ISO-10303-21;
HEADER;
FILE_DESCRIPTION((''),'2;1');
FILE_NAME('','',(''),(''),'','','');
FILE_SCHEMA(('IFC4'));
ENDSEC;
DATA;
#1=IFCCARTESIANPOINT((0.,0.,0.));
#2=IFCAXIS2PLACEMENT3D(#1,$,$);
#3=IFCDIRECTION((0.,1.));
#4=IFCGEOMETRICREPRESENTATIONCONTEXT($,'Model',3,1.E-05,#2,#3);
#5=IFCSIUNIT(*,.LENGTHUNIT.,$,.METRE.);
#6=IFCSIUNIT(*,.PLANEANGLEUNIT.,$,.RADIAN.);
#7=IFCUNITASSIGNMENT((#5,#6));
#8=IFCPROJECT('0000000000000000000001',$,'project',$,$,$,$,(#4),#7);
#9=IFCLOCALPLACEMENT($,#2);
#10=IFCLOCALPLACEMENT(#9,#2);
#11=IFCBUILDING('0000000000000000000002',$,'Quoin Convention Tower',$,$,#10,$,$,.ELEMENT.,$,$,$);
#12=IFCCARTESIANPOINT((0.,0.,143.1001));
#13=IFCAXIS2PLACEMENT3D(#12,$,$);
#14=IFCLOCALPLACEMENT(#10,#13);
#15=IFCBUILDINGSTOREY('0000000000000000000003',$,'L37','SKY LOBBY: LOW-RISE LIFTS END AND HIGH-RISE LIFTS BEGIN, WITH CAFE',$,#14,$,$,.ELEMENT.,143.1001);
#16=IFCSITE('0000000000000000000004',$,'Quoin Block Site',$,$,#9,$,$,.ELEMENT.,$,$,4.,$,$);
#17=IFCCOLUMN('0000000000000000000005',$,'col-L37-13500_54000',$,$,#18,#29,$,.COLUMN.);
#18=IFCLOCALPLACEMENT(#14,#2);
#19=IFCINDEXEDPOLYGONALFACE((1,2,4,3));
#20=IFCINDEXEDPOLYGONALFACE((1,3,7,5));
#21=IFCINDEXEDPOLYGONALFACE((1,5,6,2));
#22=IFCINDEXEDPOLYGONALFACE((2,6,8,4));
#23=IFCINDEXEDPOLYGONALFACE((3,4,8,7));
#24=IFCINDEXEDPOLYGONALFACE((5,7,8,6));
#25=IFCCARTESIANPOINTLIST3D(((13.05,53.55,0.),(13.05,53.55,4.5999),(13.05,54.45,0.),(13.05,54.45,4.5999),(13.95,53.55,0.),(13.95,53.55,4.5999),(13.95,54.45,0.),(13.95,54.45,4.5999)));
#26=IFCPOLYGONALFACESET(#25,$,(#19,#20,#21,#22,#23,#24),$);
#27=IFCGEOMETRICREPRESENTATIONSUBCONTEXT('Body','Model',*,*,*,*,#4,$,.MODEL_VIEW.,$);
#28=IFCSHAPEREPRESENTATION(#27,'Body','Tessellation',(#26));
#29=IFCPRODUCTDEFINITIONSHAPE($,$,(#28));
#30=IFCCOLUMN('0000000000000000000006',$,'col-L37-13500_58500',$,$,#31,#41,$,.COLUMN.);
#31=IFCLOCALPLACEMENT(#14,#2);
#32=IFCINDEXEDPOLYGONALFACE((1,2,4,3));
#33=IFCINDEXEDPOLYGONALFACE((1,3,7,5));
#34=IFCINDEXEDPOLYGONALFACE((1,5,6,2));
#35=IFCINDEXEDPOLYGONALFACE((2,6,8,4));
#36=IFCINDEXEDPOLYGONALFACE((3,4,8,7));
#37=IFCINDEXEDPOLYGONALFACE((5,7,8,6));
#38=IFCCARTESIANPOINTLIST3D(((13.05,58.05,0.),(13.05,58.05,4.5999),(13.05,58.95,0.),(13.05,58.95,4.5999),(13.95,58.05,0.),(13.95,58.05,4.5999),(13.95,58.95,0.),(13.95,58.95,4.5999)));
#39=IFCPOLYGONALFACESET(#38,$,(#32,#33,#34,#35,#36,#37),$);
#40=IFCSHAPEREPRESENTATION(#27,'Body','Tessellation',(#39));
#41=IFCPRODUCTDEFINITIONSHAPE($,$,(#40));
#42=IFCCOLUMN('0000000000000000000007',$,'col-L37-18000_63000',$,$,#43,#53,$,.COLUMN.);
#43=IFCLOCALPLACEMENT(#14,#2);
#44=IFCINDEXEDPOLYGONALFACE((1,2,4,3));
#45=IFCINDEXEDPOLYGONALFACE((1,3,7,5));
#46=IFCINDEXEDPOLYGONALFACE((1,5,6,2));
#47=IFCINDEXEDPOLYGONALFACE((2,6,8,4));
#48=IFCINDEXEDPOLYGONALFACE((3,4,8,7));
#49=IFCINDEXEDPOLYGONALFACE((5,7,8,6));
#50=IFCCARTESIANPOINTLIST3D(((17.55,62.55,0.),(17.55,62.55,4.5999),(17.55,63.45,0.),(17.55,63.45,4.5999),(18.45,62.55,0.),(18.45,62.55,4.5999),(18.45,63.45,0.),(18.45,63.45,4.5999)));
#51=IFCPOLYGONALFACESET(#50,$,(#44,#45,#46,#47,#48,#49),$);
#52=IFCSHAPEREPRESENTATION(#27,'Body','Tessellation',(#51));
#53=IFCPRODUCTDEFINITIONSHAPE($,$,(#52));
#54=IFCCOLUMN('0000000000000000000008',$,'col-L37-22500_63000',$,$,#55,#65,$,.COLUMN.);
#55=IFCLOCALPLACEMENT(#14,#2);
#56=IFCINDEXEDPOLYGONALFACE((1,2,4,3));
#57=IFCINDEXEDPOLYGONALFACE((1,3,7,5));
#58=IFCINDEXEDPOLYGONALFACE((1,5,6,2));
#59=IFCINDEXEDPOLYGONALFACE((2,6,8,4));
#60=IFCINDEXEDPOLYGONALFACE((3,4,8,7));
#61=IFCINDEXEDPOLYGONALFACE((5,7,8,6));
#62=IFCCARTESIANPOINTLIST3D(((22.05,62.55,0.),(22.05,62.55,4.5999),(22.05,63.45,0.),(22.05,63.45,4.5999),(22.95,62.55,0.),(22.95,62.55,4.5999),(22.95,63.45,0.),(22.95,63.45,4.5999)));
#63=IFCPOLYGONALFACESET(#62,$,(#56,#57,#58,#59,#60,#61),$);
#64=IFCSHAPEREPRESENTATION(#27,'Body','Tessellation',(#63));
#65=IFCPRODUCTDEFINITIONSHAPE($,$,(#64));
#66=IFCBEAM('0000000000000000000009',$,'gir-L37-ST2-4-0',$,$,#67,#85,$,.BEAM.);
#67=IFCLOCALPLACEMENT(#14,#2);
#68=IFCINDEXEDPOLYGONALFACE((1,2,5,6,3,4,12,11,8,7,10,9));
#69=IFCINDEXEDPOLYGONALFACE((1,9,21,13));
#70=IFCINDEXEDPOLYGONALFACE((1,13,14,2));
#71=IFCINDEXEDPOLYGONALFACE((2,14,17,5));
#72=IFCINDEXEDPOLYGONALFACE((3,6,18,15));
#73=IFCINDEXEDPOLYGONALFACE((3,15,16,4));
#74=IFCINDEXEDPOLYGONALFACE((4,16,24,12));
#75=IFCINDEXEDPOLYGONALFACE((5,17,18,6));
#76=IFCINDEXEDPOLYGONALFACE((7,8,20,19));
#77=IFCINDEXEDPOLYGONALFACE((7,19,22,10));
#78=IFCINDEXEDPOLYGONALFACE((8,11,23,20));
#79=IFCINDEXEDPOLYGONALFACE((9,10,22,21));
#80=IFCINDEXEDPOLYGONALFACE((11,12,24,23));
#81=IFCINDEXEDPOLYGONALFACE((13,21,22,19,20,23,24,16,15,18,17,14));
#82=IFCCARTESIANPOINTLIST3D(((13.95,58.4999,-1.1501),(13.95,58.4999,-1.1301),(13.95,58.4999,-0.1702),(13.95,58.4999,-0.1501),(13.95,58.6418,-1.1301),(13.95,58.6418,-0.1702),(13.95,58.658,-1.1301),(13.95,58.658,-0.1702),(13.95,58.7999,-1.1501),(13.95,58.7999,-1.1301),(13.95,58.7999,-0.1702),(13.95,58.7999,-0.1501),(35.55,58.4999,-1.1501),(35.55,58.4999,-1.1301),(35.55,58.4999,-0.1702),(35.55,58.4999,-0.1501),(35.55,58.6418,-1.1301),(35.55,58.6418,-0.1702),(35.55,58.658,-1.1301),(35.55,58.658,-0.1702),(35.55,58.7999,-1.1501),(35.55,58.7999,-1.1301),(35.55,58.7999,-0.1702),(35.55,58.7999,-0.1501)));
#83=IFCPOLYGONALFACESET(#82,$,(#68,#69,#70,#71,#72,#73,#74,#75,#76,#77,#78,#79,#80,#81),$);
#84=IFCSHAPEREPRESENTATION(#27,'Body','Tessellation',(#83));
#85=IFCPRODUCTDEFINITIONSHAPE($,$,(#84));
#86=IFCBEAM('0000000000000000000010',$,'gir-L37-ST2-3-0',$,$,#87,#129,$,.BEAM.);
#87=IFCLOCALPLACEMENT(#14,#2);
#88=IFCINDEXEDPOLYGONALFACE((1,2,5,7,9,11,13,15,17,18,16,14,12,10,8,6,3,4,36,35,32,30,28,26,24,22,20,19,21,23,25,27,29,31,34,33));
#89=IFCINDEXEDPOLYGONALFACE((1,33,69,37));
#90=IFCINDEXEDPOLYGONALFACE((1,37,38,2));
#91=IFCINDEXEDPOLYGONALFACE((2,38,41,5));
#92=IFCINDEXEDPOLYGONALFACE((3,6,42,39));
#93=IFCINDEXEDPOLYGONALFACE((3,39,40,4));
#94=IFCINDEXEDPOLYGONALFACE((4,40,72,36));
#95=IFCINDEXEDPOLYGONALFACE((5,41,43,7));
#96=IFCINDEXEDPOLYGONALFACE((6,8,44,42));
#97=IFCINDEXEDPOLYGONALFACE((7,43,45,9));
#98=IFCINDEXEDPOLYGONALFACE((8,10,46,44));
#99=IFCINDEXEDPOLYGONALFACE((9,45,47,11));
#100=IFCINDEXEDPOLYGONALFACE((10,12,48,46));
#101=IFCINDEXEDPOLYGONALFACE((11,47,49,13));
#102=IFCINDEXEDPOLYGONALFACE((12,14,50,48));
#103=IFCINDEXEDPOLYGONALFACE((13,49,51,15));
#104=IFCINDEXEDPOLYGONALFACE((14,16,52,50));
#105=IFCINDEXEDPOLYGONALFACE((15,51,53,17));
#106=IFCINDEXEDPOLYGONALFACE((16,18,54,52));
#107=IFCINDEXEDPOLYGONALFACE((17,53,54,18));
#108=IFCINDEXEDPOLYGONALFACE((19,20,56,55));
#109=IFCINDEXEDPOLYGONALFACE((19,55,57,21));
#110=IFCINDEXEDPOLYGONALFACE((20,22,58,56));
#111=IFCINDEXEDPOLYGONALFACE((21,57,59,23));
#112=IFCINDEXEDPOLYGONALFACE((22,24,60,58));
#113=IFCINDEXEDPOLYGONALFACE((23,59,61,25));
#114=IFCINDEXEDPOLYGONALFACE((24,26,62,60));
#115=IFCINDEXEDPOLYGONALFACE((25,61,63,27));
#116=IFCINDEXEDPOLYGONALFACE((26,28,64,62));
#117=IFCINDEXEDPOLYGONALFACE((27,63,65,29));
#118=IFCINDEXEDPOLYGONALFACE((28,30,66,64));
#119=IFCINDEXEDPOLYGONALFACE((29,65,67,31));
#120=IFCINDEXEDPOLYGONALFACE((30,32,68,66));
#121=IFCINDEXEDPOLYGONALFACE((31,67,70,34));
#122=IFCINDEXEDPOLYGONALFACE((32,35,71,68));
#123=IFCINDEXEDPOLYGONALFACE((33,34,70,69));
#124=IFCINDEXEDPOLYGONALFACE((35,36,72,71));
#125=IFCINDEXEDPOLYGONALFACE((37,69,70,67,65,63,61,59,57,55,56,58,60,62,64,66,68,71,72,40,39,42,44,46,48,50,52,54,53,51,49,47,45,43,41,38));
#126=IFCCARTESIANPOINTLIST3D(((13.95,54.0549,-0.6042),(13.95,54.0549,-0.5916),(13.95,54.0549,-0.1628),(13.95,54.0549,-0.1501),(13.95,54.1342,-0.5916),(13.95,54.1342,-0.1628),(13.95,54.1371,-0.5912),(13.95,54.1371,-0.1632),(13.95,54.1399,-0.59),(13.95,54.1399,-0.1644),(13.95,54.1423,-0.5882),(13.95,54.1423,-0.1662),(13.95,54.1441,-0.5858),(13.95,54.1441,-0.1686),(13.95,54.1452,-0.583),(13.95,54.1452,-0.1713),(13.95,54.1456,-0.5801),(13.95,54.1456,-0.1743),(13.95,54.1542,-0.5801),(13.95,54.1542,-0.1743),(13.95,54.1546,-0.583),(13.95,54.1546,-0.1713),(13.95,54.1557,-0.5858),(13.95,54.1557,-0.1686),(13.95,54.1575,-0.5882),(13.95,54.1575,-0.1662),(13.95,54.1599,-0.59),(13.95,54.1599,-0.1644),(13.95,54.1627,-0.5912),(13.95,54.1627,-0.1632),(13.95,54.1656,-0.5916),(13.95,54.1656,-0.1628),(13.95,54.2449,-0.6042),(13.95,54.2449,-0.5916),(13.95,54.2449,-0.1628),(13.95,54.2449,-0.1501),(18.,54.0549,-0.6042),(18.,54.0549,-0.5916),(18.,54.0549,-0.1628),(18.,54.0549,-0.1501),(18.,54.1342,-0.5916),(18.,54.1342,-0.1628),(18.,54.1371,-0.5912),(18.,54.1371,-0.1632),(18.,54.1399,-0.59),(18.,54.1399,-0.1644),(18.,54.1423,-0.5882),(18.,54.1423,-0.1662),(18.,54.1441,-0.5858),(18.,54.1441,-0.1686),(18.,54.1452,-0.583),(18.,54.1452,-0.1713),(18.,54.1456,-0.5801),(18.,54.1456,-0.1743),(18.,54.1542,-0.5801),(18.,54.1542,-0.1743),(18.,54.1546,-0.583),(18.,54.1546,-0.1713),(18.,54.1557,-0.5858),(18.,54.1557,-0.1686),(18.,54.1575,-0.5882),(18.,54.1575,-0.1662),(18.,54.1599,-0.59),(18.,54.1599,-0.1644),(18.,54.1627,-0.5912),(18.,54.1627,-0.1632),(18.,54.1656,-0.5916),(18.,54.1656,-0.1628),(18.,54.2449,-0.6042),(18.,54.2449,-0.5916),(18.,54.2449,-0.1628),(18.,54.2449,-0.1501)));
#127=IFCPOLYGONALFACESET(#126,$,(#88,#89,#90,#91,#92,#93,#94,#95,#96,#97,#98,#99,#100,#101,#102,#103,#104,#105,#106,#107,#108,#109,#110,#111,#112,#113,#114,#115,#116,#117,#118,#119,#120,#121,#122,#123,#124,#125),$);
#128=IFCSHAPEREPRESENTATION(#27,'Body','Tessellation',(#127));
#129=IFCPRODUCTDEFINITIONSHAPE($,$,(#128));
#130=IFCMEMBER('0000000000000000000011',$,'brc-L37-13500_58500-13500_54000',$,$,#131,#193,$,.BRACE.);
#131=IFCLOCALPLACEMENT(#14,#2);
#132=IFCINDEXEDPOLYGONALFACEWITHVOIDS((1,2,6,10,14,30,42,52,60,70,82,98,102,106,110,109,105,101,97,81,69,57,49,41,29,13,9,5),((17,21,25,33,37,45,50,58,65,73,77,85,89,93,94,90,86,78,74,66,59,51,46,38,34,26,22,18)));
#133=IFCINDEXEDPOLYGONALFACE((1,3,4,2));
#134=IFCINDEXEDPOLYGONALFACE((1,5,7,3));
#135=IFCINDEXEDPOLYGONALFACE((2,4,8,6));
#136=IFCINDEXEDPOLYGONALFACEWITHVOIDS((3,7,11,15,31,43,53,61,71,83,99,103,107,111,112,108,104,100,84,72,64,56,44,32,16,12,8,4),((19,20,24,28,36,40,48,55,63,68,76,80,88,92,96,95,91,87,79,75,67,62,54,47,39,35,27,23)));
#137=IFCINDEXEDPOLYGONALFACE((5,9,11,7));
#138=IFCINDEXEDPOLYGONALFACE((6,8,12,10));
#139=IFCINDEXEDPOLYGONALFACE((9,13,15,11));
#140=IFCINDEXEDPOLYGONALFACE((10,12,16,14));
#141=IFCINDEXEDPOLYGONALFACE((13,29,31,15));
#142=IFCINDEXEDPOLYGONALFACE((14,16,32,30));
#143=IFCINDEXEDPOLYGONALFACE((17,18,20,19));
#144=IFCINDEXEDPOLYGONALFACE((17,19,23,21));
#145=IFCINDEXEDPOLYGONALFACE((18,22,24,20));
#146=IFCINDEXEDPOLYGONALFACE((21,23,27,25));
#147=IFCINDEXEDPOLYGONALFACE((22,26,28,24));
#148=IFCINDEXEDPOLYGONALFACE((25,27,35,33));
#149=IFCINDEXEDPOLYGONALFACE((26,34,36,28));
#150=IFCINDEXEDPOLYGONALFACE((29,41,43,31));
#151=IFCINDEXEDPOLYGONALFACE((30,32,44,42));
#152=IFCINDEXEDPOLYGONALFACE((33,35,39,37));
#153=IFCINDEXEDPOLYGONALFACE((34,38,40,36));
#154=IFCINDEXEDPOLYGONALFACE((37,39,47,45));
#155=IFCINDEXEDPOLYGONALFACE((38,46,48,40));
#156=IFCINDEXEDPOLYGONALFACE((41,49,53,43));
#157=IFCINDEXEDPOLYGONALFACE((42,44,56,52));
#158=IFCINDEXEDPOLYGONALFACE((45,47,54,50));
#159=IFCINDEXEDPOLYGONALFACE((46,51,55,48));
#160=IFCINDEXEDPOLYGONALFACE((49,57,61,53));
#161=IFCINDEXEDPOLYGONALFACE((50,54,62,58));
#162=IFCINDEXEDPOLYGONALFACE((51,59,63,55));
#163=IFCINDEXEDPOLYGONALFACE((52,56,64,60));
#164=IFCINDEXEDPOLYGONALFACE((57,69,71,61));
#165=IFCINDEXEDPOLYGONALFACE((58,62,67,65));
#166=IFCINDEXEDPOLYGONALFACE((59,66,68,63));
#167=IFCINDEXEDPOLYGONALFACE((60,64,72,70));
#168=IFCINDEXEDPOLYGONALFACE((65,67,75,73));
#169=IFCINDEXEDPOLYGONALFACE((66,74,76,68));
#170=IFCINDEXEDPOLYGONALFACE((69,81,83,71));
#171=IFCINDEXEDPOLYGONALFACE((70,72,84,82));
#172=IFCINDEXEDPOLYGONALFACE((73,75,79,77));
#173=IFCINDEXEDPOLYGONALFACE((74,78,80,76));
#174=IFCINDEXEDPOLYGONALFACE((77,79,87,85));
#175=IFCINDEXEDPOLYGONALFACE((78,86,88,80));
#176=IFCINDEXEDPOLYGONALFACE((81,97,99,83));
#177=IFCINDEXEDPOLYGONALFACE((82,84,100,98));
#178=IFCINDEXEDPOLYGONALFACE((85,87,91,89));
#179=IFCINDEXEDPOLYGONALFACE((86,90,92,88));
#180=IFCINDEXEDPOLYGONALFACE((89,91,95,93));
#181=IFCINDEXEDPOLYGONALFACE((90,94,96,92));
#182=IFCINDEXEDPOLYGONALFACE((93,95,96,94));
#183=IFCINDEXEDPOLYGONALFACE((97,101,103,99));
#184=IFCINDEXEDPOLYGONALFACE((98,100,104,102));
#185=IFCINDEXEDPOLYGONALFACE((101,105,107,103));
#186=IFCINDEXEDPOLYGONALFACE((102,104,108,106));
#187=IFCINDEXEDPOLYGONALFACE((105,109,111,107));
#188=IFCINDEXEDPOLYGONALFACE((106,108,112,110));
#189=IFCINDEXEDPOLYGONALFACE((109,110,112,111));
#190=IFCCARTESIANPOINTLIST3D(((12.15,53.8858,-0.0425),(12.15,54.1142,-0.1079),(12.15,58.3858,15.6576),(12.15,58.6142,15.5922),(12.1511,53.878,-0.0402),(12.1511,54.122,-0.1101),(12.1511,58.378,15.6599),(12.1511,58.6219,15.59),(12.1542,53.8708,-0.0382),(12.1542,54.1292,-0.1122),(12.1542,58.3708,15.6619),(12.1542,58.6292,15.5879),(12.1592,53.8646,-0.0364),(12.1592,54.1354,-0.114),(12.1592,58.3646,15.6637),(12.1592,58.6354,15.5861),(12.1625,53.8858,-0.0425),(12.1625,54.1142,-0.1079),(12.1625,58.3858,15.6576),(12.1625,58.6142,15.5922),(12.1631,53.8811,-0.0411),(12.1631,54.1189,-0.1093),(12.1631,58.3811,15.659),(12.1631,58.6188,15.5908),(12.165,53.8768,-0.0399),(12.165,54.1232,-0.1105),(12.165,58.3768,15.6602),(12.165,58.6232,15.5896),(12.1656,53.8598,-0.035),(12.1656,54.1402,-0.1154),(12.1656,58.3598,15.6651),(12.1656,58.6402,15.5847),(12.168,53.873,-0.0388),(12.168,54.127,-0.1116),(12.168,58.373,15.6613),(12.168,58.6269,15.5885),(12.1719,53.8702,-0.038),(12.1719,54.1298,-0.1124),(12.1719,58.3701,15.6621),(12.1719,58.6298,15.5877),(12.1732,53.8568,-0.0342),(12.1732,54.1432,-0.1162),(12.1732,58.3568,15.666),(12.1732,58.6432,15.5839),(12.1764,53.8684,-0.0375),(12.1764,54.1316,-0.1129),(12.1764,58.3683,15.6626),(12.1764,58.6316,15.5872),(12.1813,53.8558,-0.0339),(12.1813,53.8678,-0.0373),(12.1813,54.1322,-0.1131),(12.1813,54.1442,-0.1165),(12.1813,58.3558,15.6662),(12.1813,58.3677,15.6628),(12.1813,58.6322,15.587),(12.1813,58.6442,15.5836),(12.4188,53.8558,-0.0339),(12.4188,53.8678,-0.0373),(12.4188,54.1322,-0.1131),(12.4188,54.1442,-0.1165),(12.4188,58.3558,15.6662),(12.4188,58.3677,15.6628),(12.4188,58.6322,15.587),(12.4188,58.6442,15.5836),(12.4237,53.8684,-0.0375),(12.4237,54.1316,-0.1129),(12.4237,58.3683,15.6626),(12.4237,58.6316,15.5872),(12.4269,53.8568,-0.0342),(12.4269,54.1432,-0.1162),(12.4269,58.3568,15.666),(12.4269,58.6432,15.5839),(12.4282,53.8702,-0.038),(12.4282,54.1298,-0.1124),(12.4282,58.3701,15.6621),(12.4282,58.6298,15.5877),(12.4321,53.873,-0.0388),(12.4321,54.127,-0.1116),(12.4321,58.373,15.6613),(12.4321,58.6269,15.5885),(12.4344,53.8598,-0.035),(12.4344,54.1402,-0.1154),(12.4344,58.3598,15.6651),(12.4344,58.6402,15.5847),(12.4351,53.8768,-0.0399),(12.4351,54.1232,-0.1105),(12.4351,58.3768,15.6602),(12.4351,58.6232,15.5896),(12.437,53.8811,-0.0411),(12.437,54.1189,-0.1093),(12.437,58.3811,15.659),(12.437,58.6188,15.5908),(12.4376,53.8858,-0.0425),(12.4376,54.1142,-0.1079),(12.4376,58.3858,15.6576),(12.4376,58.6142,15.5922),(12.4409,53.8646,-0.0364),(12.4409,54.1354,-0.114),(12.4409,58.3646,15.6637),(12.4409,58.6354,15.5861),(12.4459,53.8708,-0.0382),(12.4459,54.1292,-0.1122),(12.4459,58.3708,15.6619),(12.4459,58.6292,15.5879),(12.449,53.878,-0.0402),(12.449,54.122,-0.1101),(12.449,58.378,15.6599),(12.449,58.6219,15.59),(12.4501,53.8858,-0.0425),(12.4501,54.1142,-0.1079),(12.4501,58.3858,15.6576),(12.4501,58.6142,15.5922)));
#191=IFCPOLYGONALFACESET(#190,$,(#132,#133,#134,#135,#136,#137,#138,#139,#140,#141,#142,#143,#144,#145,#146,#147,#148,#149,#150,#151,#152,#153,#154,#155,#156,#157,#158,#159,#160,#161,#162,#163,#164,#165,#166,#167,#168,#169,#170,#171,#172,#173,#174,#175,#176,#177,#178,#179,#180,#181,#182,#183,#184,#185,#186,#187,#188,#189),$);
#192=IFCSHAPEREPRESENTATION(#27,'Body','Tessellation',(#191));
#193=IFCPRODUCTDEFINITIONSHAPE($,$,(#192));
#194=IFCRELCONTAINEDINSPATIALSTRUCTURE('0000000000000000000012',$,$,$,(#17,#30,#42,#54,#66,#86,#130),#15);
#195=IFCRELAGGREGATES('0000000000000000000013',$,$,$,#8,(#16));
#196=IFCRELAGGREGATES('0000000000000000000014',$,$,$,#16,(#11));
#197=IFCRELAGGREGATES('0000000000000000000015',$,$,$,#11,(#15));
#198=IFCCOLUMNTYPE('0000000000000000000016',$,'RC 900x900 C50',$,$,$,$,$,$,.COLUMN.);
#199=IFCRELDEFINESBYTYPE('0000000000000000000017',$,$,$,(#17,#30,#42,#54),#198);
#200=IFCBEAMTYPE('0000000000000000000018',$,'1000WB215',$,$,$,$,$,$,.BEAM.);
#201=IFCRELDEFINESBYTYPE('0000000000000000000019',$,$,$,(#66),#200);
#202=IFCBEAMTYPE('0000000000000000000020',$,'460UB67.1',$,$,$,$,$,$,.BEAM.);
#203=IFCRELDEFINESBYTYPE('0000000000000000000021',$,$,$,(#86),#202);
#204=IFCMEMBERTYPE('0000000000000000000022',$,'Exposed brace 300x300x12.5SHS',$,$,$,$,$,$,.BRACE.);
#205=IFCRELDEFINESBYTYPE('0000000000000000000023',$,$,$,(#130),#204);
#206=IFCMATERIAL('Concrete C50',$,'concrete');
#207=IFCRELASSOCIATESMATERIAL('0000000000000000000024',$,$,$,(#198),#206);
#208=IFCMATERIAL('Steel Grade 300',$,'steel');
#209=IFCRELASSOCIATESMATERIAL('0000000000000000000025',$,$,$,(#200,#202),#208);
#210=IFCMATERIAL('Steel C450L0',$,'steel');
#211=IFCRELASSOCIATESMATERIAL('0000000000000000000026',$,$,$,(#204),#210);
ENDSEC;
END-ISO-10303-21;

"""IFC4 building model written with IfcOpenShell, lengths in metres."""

from ifc_helpers import new_model, si_unit, direction, frame, origin, origin_2d, place, context, subcontext, project, spatial, rectangle, hollow_rectangle, i_section, extrude, material, material_profile, profile_set, type_object, element, save


model = new_model("IFC4")

# Units and contexts
model_context = context("Model", 3, precision=1e-05, world=origin(), true_north=direction((0.0, 1.0)))
body_context = subcontext(model_context, "Body", "Model", "MODEL_VIEW")
ifc_project = project(units=[si_unit("LENGTHUNIT", "METRE"), si_unit("PLANEANGLEUNIT", "RADIAN")], contexts=[model_context])

# Site, building, storey
site_placement = place(None, origin())
site = spatial("IfcSite", under=ifc_project, at=site_placement, Name="Quoin Block Site", CompositionType="ELEMENT", RefElevation=4.0)
building_placement = place(site_placement, origin())
building = spatial("IfcBuilding", under=site, at=building_placement, Name="Quoin Convention Tower", CompositionType="ELEMENT")
storey_placement = place(building_placement, frame((0.0, 0.0, 143.1001)))
storey = spatial("IfcBuildingStorey", under=building, at=storey_placement, Name="L37", Description="SKY LOBBY: LOW-RISE LIFTS END AND HIGH-RISE LIFTS BEGIN, WITH CAFE", CompositionType="ELEMENT", Elevation=143.1001)

# Columns
ifc_material_1 = material(Name="Concrete C50", Category="concrete")
ifc_material_profile_1 = material_profile(ifc_material_1, rectangle(XDim=0.8999, YDim=0.8999, at=origin_2d()), Name="RC 900x900")
ifc_profile_set_1 = profile_set([ifc_material_profile_1], Name="Concrete C50")
column_type = type_object("IfcColumnType", Name="RC 900x900 C50", PredefinedType="COLUMN", material=ifc_profile_set_1)
for number, where, z_axis, x_axis, name in (
    (1, (13.5, 54.0, 0.0), (0.0, 0.0, 1.0), (1.0, 0.0, 0.0), "col-L37-13500_54000"),
    (2, (13.5, 58.5, 0.0), (0.0, 0.0, 1.0), (1.0, 0.0, 0.0), "col-L37-13500_58500"),
    (3, (18.0, 63.0, 0.0), (0.0, 0.0, 1.0), (1.0, 0.0, 0.0), "col-L37-18000_63000"),
    (4, (22.5, 63.0, 0.0), (0.0, 0.0, 1.0), (1.0, 0.0, 0.0), "col-L37-22500_63000"),
):
    element("IfcColumn", number, at=place(storey_placement, frame(where, z_axis=z_axis, x_axis=x_axis)), inside=storey, type_object=column_type, Name=name, PredefinedType="COLUMN", context=body_context, shape_type="SweptSolid", body=[
        extrude(rectangle(XDim=0.8999, YDim=0.8999, at=origin_2d()), origin(), (0.0, 0.0, 1.0), 4.5999),
    ])

# Beams
ifc_material_2 = material(Name="Steel Grade 300", Category="steel")
ifc_material_profile_2 = material_profile(ifc_material_2, i_section(OverallWidth=0.3, OverallDepth=1.0, WebThickness=0.0161, FlangeThickness=0.02, at=origin_2d()), Name="1000WB215")
ifc_profile_set_2 = profile_set([ifc_material_profile_2], Name="Steel Grade 300")
beam_type_1 = type_object("IfcBeamType", Name="1000WB215", PredefinedType="BEAM", material=ifc_profile_set_2)
beam_1_placement = place(storey_placement, frame((13.95, 58.6499, -0.6501), z_axis=(1.0, 0.0, 0.0), x_axis=(0.0, 1.0, 0.0)))
element("IfcBeam", 5, at=beam_1_placement, inside=storey, type_object=beam_type_1, Name="gir-L37-ST2-4-0", PredefinedType="BEAM", context=body_context, shape_type="SweptSolid", body=[
    extrude(i_section(OverallWidth=0.3, OverallDepth=1.0, WebThickness=0.0161, FlangeThickness=0.02, at=origin_2d()), origin(), (0.0, 0.0, 1.0), 21.6001),
])
ifc_material_profile_3 = material_profile(ifc_material_2, i_section(OverallWidth=0.1899, OverallDepth=0.4541, WebThickness=0.0085, FlangeThickness=0.0127, FilletRadius=0.0115, at=origin_2d()), Name="460UB67.1")
ifc_profile_set_3 = profile_set([ifc_material_profile_3], Name="Steel Grade 300")
beam_type_2 = type_object("IfcBeamType", Name="460UB67.1", PredefinedType="BEAM", material=ifc_profile_set_3)
beam_2_placement = place(storey_placement, frame((13.95, 54.1499, -0.3772), z_axis=(1.0, 0.0, 0.0), x_axis=(0.0, 1.0, 0.0)))
element("IfcBeam", 6, at=beam_2_placement, inside=storey, type_object=beam_type_2, Name="gir-L37-ST2-3-0", PredefinedType="BEAM", context=body_context, shape_type="SweptSolid", body=[
    extrude(i_section(OverallWidth=0.1899, OverallDepth=0.4541, WebThickness=0.0085, FlangeThickness=0.0127, FilletRadius=0.0115, at=origin_2d()), origin(), (0.0, 0.0, 1.0), 4.05),
])

# Member
ifc_material_3 = material(Name="Steel C450L0", Category="steel")
ifc_material_profile_4 = material_profile(ifc_material_3, hollow_rectangle(XDim=0.3, YDim=0.3, WallThickness=0.0125, InnerFilletRadius=0.0188, OuterFilletRadius=0.0312, at=origin_2d()), Name="300x300x12.5SHS")
ifc_profile_set_4 = profile_set([ifc_material_profile_4], Name="Steel C450L0")
member_type = type_object("IfcMemberType", Name="Exposed brace 300x300x12.5SHS", PredefinedType="BRACE", material=ifc_profile_set_4)
for number, where, z_axis, x_axis, name in (
    (7, (12.3, 54.0, -0.0752), (0.0, 0.275527, 0.961293), (-1.0, 0.0, 0.0), "brc-L37-13500_58500-13500_54000"),
):
    element("IfcMember", number, at=place(storey_placement, frame(where, z_axis=z_axis, x_axis=x_axis)), inside=storey, type_object=member_type, Name=name, PredefinedType="BRACE", context=body_context, shape_type="SweptSolid", body=[
        extrude(hollow_rectangle(XDim=0.3, YDim=0.3, WallThickness=0.0125, InnerFilletRadius=0.0188, OuterFilletRadius=0.0312, at=origin_2d()), origin(), (0.0, 0.0, 1.0), 16.3323),
    ])

save(model, "model.ifc")
